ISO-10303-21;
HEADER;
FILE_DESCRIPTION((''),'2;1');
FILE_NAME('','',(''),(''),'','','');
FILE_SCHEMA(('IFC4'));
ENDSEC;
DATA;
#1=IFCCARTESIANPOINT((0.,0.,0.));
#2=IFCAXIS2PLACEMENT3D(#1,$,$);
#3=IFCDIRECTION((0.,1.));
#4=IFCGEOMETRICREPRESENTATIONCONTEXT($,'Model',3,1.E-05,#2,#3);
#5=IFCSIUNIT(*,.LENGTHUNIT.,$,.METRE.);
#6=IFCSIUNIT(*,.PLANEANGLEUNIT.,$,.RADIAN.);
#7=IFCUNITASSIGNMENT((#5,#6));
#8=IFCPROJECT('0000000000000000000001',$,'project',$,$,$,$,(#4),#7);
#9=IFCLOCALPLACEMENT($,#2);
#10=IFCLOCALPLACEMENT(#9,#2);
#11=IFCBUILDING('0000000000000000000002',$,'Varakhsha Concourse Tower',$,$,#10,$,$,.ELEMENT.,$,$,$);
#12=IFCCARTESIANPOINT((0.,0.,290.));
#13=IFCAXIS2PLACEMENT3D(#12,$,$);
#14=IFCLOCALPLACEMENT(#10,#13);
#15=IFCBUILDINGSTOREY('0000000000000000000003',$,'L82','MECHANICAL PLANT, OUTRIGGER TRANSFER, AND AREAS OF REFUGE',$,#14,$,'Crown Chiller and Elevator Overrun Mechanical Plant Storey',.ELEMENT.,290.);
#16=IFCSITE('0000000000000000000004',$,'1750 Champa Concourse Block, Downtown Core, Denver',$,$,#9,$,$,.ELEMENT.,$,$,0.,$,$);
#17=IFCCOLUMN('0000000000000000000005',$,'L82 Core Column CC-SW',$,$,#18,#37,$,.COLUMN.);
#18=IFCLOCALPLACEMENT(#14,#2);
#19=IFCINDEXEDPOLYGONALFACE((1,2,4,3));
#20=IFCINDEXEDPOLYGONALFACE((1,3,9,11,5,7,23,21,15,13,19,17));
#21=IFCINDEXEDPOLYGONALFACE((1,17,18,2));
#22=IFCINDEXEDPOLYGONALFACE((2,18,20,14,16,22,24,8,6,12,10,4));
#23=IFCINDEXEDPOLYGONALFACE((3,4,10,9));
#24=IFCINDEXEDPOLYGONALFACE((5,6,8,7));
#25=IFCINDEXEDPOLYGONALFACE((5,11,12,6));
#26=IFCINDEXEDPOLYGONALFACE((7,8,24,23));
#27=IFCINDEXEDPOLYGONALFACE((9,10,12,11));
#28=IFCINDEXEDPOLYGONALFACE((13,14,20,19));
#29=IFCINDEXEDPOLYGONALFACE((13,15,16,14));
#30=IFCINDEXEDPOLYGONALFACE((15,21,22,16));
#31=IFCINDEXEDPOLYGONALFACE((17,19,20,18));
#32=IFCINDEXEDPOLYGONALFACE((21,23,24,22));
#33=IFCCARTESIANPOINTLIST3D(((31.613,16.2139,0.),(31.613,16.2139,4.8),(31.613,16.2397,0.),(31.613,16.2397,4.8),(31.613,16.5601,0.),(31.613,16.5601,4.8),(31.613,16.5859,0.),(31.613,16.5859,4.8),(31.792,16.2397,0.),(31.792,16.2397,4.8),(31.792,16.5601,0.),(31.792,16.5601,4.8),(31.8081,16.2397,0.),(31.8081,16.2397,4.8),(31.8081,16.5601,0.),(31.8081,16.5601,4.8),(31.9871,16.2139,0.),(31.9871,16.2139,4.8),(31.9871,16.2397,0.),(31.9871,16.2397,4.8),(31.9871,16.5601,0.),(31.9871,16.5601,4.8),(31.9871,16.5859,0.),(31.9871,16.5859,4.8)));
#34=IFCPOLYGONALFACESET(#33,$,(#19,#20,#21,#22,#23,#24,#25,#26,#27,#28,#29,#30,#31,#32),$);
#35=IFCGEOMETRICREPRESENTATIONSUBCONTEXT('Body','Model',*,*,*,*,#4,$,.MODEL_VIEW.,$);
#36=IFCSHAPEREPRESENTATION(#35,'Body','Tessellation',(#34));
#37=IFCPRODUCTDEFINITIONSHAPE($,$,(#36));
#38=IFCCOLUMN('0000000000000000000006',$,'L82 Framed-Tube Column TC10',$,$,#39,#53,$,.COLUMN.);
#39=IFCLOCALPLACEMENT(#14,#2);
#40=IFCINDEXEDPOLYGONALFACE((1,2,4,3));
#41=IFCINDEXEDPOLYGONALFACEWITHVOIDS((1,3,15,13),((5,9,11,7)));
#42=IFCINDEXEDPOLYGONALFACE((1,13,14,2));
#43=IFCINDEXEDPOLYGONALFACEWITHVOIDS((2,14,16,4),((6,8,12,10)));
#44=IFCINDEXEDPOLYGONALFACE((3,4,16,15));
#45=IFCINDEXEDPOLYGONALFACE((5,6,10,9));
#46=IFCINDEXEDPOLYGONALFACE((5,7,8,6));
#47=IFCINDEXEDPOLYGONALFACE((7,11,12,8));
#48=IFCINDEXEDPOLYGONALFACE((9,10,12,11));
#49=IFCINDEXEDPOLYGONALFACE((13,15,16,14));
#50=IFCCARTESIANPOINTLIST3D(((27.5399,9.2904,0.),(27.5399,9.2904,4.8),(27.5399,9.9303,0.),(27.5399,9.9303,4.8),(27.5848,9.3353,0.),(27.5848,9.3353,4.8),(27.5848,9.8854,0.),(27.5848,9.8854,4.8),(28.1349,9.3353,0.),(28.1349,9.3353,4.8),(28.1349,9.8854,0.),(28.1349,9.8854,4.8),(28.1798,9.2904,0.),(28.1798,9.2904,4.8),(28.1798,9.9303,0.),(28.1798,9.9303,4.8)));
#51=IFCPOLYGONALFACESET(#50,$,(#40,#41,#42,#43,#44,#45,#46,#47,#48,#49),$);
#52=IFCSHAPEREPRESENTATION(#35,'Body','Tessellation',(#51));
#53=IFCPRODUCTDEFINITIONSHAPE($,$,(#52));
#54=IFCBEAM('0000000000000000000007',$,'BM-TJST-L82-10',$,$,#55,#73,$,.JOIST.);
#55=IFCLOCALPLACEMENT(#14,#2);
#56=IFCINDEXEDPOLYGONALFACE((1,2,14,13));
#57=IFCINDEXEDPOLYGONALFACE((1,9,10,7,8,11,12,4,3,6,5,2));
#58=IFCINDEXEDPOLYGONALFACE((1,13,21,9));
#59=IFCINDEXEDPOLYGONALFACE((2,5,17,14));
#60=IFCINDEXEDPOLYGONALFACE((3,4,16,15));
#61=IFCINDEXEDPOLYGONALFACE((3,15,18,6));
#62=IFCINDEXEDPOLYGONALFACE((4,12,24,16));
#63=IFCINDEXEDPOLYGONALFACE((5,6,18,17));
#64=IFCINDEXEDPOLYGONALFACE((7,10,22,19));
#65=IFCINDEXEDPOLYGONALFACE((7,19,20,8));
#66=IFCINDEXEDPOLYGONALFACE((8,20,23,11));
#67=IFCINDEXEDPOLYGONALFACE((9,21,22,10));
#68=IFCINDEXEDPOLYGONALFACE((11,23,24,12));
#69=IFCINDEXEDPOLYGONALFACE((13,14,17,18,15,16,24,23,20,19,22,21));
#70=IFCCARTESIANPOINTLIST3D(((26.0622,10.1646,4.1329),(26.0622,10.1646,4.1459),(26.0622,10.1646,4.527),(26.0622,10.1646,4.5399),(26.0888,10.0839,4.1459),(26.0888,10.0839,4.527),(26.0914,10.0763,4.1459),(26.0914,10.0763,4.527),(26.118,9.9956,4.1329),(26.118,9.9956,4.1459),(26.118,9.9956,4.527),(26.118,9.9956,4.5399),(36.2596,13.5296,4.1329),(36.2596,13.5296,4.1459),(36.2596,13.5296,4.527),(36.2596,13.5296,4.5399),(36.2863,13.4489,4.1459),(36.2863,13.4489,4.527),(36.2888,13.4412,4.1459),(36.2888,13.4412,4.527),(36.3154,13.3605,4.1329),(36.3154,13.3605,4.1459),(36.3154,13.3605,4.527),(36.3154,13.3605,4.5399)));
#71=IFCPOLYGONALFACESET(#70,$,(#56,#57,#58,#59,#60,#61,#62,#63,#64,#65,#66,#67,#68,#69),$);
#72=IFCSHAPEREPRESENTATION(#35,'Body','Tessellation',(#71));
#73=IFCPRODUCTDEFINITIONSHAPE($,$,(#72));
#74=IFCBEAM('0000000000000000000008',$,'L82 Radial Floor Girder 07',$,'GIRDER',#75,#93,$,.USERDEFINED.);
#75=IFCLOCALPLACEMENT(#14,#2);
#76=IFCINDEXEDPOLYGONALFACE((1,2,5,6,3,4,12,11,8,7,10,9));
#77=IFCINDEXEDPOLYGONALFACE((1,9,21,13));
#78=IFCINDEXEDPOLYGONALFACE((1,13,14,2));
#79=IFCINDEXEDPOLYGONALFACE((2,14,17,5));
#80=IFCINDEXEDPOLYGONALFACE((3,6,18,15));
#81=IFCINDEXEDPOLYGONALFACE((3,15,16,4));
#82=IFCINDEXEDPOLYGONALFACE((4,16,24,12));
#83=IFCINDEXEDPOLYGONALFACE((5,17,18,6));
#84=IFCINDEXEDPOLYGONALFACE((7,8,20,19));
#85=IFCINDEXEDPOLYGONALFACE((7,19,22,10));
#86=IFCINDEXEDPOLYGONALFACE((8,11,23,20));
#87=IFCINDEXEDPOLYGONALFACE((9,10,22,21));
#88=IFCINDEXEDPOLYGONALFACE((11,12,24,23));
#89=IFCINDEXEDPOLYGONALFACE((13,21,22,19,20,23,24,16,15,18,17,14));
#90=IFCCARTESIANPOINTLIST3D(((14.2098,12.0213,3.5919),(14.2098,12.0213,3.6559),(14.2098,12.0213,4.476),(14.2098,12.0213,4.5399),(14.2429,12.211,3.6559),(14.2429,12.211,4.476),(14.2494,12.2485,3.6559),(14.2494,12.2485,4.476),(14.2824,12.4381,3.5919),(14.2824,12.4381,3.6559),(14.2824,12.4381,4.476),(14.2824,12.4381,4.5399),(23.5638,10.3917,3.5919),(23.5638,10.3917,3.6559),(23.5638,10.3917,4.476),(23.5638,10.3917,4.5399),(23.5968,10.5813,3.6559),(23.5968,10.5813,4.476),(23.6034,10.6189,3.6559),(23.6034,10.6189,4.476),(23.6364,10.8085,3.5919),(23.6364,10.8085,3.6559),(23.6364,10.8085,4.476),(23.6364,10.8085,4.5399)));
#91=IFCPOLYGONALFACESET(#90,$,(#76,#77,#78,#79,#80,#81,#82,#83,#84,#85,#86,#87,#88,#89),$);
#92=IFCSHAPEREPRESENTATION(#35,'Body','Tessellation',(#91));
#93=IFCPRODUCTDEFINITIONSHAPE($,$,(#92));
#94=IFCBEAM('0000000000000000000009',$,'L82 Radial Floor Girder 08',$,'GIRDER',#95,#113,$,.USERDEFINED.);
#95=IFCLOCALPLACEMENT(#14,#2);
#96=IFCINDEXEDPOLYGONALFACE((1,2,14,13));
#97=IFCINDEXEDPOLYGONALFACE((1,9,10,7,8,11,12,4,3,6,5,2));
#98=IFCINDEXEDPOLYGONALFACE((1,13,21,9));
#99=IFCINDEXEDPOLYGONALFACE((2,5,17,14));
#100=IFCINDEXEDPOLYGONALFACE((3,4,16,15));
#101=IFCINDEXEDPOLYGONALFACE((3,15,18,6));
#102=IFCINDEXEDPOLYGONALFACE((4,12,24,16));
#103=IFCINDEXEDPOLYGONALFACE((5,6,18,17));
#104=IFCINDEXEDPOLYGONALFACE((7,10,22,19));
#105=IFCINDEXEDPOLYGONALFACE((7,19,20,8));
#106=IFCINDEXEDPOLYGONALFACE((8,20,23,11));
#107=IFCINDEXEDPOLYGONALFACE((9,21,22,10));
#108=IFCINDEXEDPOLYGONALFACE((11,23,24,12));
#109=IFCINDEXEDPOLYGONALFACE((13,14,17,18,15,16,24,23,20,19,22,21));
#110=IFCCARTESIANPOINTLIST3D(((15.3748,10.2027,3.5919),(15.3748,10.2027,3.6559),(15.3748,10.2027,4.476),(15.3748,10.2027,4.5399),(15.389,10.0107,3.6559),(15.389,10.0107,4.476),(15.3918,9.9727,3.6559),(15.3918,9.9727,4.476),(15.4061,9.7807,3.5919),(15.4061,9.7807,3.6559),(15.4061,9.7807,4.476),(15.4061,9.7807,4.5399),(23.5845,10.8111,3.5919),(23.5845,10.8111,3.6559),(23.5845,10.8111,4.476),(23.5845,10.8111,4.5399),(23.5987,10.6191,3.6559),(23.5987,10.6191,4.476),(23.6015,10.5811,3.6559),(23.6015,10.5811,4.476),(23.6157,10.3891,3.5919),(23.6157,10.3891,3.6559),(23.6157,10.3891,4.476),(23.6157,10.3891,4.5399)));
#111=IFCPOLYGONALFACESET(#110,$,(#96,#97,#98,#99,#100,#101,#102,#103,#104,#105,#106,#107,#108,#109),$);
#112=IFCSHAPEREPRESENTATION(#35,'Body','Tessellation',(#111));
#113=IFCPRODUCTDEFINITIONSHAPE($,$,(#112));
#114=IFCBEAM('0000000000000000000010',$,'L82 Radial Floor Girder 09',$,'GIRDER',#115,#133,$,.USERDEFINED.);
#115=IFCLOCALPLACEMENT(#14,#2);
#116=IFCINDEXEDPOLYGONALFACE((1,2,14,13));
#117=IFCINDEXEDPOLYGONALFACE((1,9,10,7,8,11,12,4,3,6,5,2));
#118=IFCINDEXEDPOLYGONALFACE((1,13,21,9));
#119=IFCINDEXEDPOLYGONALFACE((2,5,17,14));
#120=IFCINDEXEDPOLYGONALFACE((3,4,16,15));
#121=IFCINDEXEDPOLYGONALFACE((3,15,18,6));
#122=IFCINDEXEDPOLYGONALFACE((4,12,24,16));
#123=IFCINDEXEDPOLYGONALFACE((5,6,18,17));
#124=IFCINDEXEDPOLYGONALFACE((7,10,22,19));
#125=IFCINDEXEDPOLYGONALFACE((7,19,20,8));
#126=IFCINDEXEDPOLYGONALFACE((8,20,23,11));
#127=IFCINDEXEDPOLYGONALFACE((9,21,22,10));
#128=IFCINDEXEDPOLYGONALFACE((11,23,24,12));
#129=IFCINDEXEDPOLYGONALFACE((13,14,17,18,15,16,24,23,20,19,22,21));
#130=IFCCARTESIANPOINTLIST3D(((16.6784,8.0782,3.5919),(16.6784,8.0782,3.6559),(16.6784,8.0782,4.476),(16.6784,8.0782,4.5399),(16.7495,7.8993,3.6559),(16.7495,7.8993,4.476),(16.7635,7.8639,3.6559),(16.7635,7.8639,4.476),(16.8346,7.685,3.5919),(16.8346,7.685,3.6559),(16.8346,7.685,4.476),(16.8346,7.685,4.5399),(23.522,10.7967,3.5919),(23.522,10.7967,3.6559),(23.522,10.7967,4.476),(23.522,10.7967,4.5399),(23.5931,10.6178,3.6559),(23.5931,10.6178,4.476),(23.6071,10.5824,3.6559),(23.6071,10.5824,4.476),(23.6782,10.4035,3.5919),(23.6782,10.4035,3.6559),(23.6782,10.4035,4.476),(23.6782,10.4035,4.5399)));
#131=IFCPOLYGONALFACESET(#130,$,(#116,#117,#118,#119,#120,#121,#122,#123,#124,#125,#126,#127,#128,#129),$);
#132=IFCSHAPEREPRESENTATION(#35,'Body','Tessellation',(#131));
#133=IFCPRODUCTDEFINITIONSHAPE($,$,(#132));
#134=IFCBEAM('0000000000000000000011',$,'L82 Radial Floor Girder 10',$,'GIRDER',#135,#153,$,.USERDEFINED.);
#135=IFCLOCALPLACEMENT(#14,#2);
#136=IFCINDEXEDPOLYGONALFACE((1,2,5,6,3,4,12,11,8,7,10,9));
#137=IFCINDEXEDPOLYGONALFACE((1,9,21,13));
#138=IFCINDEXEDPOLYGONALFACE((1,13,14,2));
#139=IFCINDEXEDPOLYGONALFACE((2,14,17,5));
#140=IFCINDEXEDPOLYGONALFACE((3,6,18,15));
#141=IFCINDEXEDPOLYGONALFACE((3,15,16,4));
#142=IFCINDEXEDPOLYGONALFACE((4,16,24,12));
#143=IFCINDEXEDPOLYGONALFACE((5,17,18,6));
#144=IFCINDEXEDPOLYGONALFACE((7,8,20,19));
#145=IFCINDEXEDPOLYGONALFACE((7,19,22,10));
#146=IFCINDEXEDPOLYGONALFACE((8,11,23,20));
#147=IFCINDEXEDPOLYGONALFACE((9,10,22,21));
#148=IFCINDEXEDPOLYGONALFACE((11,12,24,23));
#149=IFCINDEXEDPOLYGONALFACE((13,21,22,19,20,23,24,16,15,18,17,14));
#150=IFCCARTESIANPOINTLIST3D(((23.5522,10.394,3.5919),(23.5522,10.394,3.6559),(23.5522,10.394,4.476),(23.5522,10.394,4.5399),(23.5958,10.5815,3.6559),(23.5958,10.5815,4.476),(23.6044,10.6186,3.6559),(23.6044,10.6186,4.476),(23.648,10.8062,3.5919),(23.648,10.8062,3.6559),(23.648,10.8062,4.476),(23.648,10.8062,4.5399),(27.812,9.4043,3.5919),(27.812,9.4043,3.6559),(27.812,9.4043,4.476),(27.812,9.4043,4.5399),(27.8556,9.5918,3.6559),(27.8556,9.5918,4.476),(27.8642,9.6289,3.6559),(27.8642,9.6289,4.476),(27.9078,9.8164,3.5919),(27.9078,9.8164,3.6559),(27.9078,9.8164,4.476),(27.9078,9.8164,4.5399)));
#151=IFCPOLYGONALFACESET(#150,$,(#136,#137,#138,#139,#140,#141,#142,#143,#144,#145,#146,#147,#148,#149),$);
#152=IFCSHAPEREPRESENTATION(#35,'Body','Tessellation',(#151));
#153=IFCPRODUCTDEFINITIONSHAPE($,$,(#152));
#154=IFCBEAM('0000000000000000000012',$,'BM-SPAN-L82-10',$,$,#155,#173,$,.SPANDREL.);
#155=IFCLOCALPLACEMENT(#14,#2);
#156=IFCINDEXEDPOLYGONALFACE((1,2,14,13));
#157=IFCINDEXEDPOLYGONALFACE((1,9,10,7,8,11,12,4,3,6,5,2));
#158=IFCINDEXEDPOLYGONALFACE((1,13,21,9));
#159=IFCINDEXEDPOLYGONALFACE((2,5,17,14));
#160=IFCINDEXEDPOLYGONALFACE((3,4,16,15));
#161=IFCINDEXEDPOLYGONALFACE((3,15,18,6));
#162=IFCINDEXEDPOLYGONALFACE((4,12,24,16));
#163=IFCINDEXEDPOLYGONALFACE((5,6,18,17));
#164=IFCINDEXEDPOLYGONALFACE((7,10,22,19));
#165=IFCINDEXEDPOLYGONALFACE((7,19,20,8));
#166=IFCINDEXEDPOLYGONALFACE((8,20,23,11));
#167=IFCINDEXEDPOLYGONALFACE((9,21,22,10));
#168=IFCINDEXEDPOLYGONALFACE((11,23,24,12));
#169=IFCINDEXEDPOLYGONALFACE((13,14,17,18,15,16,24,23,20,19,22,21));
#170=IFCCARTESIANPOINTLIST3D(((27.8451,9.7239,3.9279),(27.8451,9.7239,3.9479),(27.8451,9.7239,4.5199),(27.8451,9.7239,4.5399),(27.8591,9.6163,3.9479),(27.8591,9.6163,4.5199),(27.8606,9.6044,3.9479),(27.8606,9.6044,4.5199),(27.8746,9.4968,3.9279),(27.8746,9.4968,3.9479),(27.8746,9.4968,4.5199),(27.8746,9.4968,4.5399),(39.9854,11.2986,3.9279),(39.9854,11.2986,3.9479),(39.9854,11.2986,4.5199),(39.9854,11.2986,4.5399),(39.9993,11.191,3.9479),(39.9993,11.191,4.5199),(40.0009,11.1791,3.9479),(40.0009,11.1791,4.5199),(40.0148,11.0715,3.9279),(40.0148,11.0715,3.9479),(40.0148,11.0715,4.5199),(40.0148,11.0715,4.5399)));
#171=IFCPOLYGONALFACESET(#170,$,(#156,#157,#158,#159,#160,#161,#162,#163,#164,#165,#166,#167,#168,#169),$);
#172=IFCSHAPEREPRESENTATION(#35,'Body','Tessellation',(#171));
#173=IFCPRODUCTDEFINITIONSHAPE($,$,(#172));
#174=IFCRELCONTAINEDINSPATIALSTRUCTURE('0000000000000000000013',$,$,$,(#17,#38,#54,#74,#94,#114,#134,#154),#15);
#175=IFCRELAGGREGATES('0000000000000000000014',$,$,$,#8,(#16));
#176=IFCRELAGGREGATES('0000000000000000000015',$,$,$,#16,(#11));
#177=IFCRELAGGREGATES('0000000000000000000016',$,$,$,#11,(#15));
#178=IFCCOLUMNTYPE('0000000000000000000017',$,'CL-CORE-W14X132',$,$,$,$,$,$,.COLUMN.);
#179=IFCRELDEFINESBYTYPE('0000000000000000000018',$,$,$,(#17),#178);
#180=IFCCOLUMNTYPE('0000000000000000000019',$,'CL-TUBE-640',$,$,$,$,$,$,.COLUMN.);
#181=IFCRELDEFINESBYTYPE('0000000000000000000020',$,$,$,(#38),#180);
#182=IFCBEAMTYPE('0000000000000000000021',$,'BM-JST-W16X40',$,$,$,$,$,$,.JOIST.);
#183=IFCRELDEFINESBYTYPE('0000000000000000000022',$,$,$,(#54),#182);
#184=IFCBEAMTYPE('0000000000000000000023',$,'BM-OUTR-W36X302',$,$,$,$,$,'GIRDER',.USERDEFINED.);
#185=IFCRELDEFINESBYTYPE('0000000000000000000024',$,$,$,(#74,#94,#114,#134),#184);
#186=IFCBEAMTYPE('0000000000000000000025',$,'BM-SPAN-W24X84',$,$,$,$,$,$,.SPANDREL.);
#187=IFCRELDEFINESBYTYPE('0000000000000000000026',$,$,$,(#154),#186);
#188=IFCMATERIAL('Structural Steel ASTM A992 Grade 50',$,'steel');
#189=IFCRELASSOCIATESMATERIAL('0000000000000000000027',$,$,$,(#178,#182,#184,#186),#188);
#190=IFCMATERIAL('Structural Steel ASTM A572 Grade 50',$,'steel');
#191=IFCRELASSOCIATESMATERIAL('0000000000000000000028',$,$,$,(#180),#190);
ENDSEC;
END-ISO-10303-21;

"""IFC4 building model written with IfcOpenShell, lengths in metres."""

from ifc_helpers import new_model, si_unit, direction, frame, origin, origin_2d, place, context, subcontext, project, spatial, hollow_rectangle, i_section, extrude, material, material_profile, profile_set, type_object, element, save


model = new_model("IFC4")

# Units and contexts
model_context = context("Model", 3, precision=1e-05, world=origin(), true_north=direction((0.0, 1.0)))
body_context = subcontext(model_context, "Body", "Model", "MODEL_VIEW")
ifc_project = project(units=[si_unit("LENGTHUNIT", "METRE"), si_unit("PLANEANGLEUNIT", "RADIAN")], contexts=[model_context])

# Site, building, storey
site_placement = place(None, origin())
site = spatial("IfcSite", under=ifc_project, at=site_placement, Name="1750 Champa Concourse Block, Downtown Core, Denver", CompositionType="ELEMENT", RefElevation=0.0)
building_placement = place(site_placement, origin())
building = spatial("IfcBuilding", under=site, at=building_placement, Name="Varakhsha Concourse Tower", CompositionType="ELEMENT")
storey_placement = place(building_placement, frame((0.0, 0.0, 290.0)))
storey = spatial("IfcBuildingStorey", under=building, at=storey_placement, Name="L82", Description="MECHANICAL PLANT, OUTRIGGER TRANSFER, AND AREAS OF REFUGE", LongName="Crown Chiller and Elevator Overrun Mechanical Plant Storey", CompositionType="ELEMENT", Elevation=290.0)

# Columns
ifc_material_1 = material(Name="Structural Steel ASTM A992 Grade 50", Category="steel")
ifc_material_profile_1 = material_profile(ifc_material_1, i_section(OverallWidth=0.374, OverallDepth=0.3721, WebThickness=0.0161, FlangeThickness=0.0259, at=origin_2d()), Name="W14X132")
ifc_profile_set_1 = profile_set([ifc_material_profile_1], Name="Structural Steel ASTM A992 Grade 50")
column_type_1 = type_object("IfcColumnType", Name="CL-CORE-W14X132", PredefinedType="COLUMN", material=ifc_profile_set_1)
column_1_placement = place(storey_placement, frame((31.8, 16.3999, 0.0), z_axis=(0.0, 0.0, 1.0), x_axis=(1.0, 0.0, 0.0)))
element("IfcColumn", 1, at=column_1_placement, inside=storey, type_object=column_type_1, Name="L82 Core Column CC-SW", PredefinedType="COLUMN", context=body_context, shape_type="SweptSolid", body=[
    extrude(i_section(OverallWidth=0.374, OverallDepth=0.3721, WebThickness=0.0161, FlangeThickness=0.0259, at=origin_2d()), origin(), (0.0, 0.0, 1.0), 4.8),
])
ifc_material_2 = material(Name="Structural Steel ASTM A572 Grade 50", Category="steel")
ifc_material_profile_2 = material_profile(ifc_material_2, hollow_rectangle(XDim=0.6399, YDim=0.6399, WallThickness=0.0449, at=origin_2d()), Name="BOX 640x640x45")
ifc_profile_set_2 = profile_set([ifc_material_profile_2], Name="Structural Steel ASTM A572 Grade 50")
column_type_2 = type_object("IfcColumnType", Name="CL-TUBE-640", PredefinedType="COLUMN", material=ifc_profile_set_2)
column_2_placement = place(storey_placement, frame((27.8599, 9.6104, 0.0), z_axis=(0.0, 0.0, 1.0), x_axis=(1.0, 0.0, 0.0)))
element("IfcColumn", 2, at=column_2_placement, inside=storey, type_object=column_type_2, Name="L82 Framed-Tube Column TC10", PredefinedType="COLUMN", context=body_context, shape_type="SweptSolid", body=[
    extrude(hollow_rectangle(XDim=0.6399, YDim=0.6399, WallThickness=0.0449, at=origin_2d()), origin(), (0.0, 0.0, 1.0), 4.8),
])

# Beams
ifc_material_profile_3 = material_profile(ifc_material_1, i_section(OverallWidth=0.178, OverallDepth=0.407, WebThickness=0.0081, FlangeThickness=0.0129, at=origin_2d()), Name="W16X40")
ifc_profile_set_3 = profile_set([ifc_material_profile_3], Name="Structural Steel ASTM A992 Grade 50")
beam_type_1 = type_object("IfcBeamType", Name="BM-JST-W16X40", PredefinedType="JOIST", material=ifc_profile_set_3)
beam_1_placement = place(storey_placement, frame((26.0901, 10.0801, 4.3364), z_axis=(0.949634, 0.313362, 0.0), x_axis=(-0.313362, 0.949634, 0.0)))
element("IfcBeam", 3, at=beam_1_placement, inside=storey, type_object=beam_type_1, Name="BM-TJST-L82-10", PredefinedType="JOIST", context=body_context, shape_type="SweptSolid", body=[
    extrude(i_section(OverallWidth=0.178, OverallDepth=0.407, WebThickness=0.0081, FlangeThickness=0.0129, at=origin_2d()), origin(), (0.0, 0.0, 1.0), 10.7383),
])
ifc_material_profile_4 = material_profile(ifc_material_1, i_section(OverallWidth=0.4231, OverallDepth=0.948, WebThickness=0.0381, FlangeThickness=0.064, at=origin_2d()), Name="W36X302")
ifc_profile_set_4 = profile_set([ifc_material_profile_4], Name="Structural Steel ASTM A992 Grade 50")
beam_type_2 = type_object("IfcBeamType", Name="BM-OUTR-W36X302", ElementType="GIRDER", PredefinedType="USERDEFINED", material=ifc_profile_set_4)
beam_2_placement = place(storey_placement, frame((23.6001, 10.6001, 4.0659), z_axis=(-0.985161, 0.171633, 0.0), x_axis=(-0.171633, -0.985161, 0.0)))
element("IfcBeam", 4, at=beam_2_placement, inside=storey, type_object=beam_type_2, Name="L82 Radial Floor Girder 07", ObjectType="GIRDER", PredefinedType="USERDEFINED", context=body_context, shape_type="SweptSolid", body=[
    extrude(i_section(OverallWidth=0.4231, OverallDepth=0.948, WebThickness=0.0381, FlangeThickness=0.064, at=origin_2d()), origin(), (0.0, 0.0, 1.0), 9.4949),
])
beam_3_placement = place(storey_placement, frame((23.6001, 10.6001, 4.0659), z_axis=(-0.997265, -0.073904, 0.0), x_axis=(0.073904, -0.997265, 0.0)))
element("IfcBeam", 5, at=beam_3_placement, inside=storey, type_object=beam_type_2, Name="L82 Radial Floor Girder 08", ObjectType="GIRDER", PredefinedType="USERDEFINED", context=body_context, shape_type="SweptSolid", body=[
    extrude(i_section(OverallWidth=0.4231, OverallDepth=0.948, WebThickness=0.0381, FlangeThickness=0.064, at=origin_2d()), origin(), (0.0, 0.0, 1.0), 8.2322),
])
beam_4_placement = place(storey_placement, frame((23.6001, 10.6001, 4.0659), z_axis=(-0.929359, -0.369177, 0.0), x_axis=(0.369177, -0.929359, 0.0)))
element("IfcBeam", 6, at=beam_4_placement, inside=storey, type_object=beam_type_2, Name="L82 Radial Floor Girder 09", ObjectType="GIRDER", PredefinedType="USERDEFINED", context=body_context, shape_type="SweptSolid", body=[
    extrude(i_section(OverallWidth=0.4231, OverallDepth=0.948, WebThickness=0.0381, FlangeThickness=0.064, at=origin_2d()), origin(), (0.0, 0.0, 1.0), 7.3638),
])
beam_5_placement = place(storey_placement, frame((23.6001, 10.6001, 4.0659), z_axis=(0.974053, -0.226319, 0.0), x_axis=(0.226319, 0.974053, 0.0)))
element("IfcBeam", 7, at=beam_5_placement, inside=storey, type_object=beam_type_2, Name="L82 Radial Floor Girder 10", ObjectType="GIRDER", PredefinedType="USERDEFINED", context=body_context, shape_type="SweptSolid", body=[
    extrude(i_section(OverallWidth=0.4231, OverallDepth=0.948, WebThickness=0.0381, FlangeThickness=0.064, at=origin_2d()), origin(), (0.0, 0.0, 1.0), 4.3733),
])
ifc_material_profile_5 = material_profile(ifc_material_1, i_section(OverallWidth=0.229, OverallDepth=0.6121, WebThickness=0.012, FlangeThickness=0.02, at=origin_2d()), Name="W24X84")
ifc_profile_set_5 = profile_set([ifc_material_profile_5], Name="Structural Steel ASTM A992 Grade 50")
beam_type_3 = type_object("IfcBeamType", Name="BM-SPAN-W24X84", PredefinedType="SPANDREL", material=ifc_profile_set_5)
beam_6_placement = place(storey_placement, frame((27.8599, 9.6104, 4.2339), z_axis=(0.991692, 0.128633, 0.0), x_axis=(-0.128633, 0.991692, 0.0)))
element("IfcBeam", 8, at=beam_6_placement, inside=storey, type_object=beam_type_3, Name="BM-SPAN-L82-10", PredefinedType="SPANDREL", context=body_context, shape_type="SweptSolid", body=[
    extrude(i_section(OverallWidth=0.229, OverallDepth=0.6121, WebThickness=0.012, FlangeThickness=0.02, at=origin_2d()), origin(), (0.0, 0.0, 1.0), 12.2419),
])

save(model, "model.ifc")
